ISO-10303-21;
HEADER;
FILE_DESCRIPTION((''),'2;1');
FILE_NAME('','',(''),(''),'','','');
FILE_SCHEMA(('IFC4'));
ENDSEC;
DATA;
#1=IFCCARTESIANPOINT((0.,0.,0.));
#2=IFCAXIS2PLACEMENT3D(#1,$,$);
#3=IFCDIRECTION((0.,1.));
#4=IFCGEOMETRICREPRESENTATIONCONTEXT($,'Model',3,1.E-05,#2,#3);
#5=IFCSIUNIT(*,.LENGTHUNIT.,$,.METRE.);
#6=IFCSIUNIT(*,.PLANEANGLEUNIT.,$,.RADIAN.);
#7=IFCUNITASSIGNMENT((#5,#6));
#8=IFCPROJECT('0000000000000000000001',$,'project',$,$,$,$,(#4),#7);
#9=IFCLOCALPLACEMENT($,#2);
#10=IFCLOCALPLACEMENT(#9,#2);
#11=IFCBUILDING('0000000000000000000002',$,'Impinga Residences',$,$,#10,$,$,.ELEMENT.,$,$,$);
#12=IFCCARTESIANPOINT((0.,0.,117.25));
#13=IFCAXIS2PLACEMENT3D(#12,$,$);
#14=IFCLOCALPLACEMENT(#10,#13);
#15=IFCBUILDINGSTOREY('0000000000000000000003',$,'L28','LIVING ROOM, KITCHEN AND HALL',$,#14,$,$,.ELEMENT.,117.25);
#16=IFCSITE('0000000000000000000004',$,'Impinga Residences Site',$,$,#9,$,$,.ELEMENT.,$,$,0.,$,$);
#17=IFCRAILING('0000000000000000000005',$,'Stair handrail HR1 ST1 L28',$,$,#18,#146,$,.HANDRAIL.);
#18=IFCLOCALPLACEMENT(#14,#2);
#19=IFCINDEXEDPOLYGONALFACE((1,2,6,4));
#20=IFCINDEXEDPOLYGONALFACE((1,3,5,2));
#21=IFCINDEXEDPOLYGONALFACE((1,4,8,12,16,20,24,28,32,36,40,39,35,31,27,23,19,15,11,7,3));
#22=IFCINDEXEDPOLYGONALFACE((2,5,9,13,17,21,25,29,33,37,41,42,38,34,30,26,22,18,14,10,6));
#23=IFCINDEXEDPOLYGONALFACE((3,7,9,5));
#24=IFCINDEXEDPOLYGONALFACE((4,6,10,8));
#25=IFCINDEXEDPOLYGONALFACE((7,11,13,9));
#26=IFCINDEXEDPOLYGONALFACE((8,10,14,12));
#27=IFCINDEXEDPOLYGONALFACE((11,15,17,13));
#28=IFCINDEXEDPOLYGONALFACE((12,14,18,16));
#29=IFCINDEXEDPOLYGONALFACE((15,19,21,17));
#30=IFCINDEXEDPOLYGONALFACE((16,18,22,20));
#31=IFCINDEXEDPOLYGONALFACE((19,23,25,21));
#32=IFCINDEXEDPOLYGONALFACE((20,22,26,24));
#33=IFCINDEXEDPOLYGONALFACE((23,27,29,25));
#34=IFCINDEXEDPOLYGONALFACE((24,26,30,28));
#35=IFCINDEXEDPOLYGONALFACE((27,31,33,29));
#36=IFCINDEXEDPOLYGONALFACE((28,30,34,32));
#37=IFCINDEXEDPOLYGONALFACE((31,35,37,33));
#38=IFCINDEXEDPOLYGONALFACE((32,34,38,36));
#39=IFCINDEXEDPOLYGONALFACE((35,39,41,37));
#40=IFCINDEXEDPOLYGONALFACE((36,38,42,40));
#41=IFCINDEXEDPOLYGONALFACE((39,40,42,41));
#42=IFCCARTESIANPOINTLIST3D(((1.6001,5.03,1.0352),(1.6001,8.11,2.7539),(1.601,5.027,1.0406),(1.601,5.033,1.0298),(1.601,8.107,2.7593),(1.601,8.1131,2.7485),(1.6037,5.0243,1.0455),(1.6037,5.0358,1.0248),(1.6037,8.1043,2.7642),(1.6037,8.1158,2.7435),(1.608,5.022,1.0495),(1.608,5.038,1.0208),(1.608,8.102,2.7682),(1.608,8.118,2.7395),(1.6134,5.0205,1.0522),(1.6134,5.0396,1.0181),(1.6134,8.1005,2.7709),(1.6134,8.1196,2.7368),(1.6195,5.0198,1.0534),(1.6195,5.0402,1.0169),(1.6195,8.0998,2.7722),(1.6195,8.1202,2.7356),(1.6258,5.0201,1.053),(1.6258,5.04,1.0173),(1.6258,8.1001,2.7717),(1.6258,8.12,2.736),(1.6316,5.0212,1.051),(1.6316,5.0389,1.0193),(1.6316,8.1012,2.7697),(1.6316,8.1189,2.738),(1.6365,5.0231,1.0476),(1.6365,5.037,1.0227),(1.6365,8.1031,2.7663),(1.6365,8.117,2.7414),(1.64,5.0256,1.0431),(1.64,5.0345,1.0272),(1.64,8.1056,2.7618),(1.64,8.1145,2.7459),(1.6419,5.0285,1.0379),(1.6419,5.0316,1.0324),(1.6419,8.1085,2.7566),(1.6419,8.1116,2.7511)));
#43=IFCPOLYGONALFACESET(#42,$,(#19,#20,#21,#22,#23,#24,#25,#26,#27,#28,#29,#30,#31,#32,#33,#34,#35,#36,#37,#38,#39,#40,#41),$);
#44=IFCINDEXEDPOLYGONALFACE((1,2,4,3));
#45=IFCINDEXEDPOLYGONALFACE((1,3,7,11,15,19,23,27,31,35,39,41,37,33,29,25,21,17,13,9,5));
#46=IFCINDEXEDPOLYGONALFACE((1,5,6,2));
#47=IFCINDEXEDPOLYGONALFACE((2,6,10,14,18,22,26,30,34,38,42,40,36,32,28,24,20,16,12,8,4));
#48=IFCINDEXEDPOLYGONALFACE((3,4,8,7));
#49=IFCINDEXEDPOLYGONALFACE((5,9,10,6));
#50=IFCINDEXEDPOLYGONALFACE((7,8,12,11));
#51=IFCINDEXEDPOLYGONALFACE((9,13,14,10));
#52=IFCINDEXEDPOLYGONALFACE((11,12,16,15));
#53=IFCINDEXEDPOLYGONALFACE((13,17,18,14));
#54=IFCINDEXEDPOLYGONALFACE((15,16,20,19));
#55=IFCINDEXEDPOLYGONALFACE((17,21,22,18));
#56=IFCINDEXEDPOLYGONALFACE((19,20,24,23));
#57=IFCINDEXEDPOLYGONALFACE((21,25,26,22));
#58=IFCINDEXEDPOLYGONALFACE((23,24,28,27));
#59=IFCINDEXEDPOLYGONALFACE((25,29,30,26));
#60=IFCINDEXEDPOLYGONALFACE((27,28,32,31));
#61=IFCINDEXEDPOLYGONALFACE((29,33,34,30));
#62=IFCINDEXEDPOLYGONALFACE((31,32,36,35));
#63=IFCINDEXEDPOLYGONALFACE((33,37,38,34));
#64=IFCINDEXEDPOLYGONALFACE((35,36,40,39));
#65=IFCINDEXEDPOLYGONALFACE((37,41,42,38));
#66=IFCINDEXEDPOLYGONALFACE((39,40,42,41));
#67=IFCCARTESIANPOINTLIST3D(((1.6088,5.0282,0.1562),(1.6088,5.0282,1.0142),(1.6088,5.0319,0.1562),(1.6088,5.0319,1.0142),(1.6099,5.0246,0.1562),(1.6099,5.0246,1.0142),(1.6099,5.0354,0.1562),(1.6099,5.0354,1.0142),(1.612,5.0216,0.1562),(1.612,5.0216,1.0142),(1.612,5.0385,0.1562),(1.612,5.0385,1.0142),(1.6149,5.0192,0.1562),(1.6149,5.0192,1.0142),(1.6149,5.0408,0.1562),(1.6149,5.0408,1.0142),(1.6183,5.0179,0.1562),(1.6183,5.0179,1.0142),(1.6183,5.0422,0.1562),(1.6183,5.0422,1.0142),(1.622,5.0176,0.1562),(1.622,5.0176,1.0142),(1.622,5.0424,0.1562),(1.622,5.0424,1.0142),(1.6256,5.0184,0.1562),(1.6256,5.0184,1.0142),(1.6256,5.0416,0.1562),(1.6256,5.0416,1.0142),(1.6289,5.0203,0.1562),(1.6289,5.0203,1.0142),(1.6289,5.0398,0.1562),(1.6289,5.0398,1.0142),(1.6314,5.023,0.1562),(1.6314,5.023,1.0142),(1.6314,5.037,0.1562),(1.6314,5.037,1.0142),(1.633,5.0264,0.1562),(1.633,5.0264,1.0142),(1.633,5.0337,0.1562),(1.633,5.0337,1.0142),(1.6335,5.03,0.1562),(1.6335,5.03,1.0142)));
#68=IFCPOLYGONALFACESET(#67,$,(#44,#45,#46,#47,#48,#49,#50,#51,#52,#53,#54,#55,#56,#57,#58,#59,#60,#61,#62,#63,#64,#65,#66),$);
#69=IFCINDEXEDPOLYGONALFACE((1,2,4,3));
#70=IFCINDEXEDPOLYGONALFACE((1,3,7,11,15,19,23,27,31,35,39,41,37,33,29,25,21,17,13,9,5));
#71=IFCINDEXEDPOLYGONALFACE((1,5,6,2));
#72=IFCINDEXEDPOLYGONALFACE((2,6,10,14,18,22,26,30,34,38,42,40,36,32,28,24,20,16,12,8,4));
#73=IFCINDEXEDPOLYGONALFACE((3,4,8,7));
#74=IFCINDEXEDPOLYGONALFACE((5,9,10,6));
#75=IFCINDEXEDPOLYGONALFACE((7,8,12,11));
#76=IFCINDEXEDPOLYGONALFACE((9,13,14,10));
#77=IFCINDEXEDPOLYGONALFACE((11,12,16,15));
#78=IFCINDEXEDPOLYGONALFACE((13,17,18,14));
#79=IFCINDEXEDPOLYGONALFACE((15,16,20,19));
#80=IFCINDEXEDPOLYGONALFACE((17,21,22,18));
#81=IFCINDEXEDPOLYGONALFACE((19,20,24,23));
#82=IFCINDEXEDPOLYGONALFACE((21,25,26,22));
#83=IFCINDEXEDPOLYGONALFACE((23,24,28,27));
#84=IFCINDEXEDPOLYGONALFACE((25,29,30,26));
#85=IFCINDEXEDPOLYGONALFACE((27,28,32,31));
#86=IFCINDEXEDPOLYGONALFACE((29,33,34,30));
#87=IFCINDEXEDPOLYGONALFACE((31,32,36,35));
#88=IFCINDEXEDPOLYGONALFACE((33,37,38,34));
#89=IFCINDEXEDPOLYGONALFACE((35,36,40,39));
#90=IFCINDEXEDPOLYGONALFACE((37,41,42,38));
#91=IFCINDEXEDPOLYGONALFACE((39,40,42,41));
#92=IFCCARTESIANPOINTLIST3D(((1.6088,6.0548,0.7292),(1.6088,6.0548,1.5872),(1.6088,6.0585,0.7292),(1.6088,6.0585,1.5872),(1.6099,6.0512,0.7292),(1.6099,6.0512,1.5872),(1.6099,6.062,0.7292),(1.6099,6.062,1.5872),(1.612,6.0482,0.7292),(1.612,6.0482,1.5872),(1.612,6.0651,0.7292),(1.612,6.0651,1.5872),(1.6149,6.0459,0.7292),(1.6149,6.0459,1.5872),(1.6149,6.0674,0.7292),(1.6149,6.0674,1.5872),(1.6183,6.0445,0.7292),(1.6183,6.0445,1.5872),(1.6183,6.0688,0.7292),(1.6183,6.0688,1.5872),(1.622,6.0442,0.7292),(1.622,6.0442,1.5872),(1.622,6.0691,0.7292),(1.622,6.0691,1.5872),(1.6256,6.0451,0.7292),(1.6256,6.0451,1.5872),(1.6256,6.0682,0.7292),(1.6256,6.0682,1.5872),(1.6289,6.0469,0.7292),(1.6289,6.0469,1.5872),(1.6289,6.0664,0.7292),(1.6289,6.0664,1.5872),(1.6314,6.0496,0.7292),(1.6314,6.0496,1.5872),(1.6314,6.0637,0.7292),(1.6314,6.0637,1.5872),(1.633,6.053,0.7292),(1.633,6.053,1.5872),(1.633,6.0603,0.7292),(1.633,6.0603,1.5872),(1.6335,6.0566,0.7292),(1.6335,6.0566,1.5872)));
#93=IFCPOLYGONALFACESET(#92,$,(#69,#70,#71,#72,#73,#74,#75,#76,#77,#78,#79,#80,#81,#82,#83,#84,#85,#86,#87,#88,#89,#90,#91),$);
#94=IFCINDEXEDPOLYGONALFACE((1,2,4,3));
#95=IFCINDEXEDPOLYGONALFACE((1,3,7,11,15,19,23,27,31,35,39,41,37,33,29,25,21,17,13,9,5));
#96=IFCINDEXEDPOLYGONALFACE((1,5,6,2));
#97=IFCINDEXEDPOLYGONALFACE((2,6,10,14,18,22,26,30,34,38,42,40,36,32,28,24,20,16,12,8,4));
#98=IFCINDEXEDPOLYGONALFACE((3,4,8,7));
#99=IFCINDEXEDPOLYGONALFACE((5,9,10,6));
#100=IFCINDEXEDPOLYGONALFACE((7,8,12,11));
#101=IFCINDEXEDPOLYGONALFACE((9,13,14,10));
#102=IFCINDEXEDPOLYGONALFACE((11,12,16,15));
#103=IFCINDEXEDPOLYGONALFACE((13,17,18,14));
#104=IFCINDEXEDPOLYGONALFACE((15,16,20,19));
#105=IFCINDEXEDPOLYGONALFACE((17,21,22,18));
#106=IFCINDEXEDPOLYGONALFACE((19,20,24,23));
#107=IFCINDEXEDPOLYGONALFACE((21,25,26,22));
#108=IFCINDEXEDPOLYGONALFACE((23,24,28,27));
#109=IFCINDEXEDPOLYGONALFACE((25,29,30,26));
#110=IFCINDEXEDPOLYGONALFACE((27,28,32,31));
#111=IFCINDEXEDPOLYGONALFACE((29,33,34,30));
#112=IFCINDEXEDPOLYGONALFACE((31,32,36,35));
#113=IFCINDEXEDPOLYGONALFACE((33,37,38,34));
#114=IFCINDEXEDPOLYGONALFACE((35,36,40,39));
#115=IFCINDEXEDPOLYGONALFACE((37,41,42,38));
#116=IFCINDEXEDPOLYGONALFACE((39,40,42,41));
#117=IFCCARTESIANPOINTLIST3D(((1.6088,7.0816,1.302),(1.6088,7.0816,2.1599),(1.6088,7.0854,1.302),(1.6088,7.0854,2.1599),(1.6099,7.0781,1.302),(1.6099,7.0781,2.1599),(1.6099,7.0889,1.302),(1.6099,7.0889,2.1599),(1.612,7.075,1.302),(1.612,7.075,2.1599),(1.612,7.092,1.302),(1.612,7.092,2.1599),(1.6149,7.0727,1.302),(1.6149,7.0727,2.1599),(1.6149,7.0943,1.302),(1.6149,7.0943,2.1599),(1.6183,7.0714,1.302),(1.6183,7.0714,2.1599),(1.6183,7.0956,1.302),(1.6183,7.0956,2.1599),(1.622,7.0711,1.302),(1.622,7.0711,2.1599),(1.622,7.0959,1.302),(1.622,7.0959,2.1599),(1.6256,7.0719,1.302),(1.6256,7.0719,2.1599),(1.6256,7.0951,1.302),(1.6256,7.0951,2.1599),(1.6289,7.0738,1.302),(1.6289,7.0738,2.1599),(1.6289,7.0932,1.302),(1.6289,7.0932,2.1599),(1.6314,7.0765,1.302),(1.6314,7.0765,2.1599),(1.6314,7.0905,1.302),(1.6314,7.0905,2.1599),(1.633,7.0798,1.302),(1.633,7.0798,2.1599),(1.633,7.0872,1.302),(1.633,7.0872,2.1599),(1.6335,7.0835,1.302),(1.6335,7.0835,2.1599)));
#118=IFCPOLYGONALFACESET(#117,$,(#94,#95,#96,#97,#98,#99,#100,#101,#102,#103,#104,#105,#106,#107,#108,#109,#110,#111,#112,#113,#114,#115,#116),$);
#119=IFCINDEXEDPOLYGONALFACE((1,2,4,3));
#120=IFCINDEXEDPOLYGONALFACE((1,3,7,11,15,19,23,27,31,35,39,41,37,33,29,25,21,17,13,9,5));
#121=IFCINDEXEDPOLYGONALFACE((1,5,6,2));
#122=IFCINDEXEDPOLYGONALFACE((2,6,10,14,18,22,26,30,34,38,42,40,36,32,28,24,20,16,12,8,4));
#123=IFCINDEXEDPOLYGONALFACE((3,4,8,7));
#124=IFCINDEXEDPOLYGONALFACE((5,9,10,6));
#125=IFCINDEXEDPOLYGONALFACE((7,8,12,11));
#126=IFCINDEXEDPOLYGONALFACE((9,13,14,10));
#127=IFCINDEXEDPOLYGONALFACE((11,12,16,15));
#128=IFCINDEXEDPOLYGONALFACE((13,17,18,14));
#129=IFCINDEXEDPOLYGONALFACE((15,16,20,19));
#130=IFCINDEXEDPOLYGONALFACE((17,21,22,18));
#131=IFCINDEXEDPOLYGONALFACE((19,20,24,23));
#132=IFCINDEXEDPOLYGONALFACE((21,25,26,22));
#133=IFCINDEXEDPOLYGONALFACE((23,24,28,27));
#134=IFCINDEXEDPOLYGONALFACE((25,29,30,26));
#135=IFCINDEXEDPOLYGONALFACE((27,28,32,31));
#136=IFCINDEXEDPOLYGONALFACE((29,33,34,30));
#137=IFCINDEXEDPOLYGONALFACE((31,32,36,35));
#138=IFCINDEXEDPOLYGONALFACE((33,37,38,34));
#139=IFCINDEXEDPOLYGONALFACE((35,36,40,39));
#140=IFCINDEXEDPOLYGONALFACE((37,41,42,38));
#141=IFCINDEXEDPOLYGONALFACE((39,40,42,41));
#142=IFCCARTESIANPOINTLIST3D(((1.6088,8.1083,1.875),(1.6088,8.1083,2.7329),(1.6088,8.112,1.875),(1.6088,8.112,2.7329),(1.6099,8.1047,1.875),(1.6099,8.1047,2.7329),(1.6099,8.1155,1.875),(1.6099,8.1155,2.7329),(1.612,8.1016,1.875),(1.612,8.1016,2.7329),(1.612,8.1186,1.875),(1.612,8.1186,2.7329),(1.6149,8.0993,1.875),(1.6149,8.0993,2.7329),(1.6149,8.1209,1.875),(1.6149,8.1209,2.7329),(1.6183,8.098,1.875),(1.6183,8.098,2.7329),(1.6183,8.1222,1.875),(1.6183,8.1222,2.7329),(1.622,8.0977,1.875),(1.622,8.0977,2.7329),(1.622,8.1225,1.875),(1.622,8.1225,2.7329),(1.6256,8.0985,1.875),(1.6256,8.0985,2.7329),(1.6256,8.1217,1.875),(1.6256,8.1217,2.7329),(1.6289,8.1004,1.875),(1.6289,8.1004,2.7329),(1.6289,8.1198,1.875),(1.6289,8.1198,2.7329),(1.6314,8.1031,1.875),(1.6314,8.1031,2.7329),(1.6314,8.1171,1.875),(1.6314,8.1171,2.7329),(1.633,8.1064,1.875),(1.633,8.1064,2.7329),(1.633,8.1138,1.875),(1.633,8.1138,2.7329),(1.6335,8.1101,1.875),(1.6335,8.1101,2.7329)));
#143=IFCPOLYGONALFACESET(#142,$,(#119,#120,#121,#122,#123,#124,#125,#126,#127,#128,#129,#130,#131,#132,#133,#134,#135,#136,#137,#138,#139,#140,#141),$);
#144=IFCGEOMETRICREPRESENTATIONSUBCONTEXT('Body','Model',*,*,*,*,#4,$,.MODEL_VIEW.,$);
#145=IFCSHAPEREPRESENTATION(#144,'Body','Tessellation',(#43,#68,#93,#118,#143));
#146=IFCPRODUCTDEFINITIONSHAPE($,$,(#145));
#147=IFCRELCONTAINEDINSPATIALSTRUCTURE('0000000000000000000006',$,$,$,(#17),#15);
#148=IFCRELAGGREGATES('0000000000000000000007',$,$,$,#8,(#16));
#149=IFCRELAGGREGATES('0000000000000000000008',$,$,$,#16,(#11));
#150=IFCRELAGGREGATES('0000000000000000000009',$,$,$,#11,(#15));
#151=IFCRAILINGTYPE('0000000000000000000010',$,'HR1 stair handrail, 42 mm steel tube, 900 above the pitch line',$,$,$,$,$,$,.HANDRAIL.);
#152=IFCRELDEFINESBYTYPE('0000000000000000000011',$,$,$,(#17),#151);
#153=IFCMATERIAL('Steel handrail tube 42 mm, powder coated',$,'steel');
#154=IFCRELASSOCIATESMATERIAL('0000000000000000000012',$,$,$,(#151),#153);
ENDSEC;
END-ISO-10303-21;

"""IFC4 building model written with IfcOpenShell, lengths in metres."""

from ifc_helpers import new_model, si_unit, direction, frame, origin, origin_2d, place, context, subcontext, project, spatial, circle, extrude, material, type_object, element, save


model = new_model("IFC4")

# Units and contexts
model_context = context("Model", 3, precision=1e-05, world=origin(), true_north=direction((0.0, 1.0)))
body_context = subcontext(model_context, "Body", "Model", "MODEL_VIEW")
ifc_project = project(units=[si_unit("LENGTHUNIT", "METRE"), si_unit("PLANEANGLEUNIT", "RADIAN")], contexts=[model_context])

# Site, building, storey
site_placement = place(None, origin())
site = spatial("IfcSite", under=ifc_project, at=site_placement, Name="Impinga Residences Site", CompositionType="ELEMENT", RefElevation=0.0)
building_placement = place(site_placement, origin())
building = spatial("IfcBuilding", under=site, at=building_placement, Name="Impinga Residences", CompositionType="ELEMENT")
storey_placement = place(building_placement, frame((0.0, 0.0, 117.25)))
storey = spatial("IfcBuildingStorey", under=building, at=storey_placement, Name="L28", Description="LIVING ROOM, KITCHEN AND HALL", CompositionType="ELEMENT", Elevation=117.25)

# Railing
ifc_material_1 = material(Name="Steel handrail tube 42 mm, powder coated", Category="steel")
railing_type_1 = type_object("IfcRailingType", Name="HR1 stair handrail, 42 mm steel tube, 900 above the pitch line", PredefinedType="HANDRAIL", material=ifc_material_1)
railing_1_placement = place(storey_placement, frame((1.6211, 5.03, 0.1562)))
element("IfcRailing", 1, at=railing_1_placement, inside=storey, type_object=railing_type_1, Name="Stair handrail HR1 ST1 L28", PredefinedType="HANDRAIL", context=body_context, shape_type="SweptSolid", body=[
    extrude(circle(Radius=0.021, at=origin_2d()), frame((0.0, 0.0, 0.8789), z_axis=(0.0, 0.873242, 0.487288), x_axis=(-1.0, 0.0, 0.0)), (0.0, 0.0, 1.0), 3.5271),
    extrude(circle(Radius=0.0125, at=origin_2d()), origin(), (0.0, 0.0, 1.0), 0.8579),
    extrude(circle(Radius=0.0125, at=origin_2d()), frame((0.0, 1.0266, 0.573)), (0.0, 0.0, 1.0), 0.8579),
    extrude(circle(Radius=0.0125, at=origin_2d()), frame((0.0, 2.0535, 1.1458)), (0.0, 0.0, 1.0), 0.8579),
    extrude(circle(Radius=0.0125, at=origin_2d()), frame((0.0, 3.0801, 1.7188)), (0.0, 0.0, 1.0), 0.8579),
])

save(model, "model.ifc")
